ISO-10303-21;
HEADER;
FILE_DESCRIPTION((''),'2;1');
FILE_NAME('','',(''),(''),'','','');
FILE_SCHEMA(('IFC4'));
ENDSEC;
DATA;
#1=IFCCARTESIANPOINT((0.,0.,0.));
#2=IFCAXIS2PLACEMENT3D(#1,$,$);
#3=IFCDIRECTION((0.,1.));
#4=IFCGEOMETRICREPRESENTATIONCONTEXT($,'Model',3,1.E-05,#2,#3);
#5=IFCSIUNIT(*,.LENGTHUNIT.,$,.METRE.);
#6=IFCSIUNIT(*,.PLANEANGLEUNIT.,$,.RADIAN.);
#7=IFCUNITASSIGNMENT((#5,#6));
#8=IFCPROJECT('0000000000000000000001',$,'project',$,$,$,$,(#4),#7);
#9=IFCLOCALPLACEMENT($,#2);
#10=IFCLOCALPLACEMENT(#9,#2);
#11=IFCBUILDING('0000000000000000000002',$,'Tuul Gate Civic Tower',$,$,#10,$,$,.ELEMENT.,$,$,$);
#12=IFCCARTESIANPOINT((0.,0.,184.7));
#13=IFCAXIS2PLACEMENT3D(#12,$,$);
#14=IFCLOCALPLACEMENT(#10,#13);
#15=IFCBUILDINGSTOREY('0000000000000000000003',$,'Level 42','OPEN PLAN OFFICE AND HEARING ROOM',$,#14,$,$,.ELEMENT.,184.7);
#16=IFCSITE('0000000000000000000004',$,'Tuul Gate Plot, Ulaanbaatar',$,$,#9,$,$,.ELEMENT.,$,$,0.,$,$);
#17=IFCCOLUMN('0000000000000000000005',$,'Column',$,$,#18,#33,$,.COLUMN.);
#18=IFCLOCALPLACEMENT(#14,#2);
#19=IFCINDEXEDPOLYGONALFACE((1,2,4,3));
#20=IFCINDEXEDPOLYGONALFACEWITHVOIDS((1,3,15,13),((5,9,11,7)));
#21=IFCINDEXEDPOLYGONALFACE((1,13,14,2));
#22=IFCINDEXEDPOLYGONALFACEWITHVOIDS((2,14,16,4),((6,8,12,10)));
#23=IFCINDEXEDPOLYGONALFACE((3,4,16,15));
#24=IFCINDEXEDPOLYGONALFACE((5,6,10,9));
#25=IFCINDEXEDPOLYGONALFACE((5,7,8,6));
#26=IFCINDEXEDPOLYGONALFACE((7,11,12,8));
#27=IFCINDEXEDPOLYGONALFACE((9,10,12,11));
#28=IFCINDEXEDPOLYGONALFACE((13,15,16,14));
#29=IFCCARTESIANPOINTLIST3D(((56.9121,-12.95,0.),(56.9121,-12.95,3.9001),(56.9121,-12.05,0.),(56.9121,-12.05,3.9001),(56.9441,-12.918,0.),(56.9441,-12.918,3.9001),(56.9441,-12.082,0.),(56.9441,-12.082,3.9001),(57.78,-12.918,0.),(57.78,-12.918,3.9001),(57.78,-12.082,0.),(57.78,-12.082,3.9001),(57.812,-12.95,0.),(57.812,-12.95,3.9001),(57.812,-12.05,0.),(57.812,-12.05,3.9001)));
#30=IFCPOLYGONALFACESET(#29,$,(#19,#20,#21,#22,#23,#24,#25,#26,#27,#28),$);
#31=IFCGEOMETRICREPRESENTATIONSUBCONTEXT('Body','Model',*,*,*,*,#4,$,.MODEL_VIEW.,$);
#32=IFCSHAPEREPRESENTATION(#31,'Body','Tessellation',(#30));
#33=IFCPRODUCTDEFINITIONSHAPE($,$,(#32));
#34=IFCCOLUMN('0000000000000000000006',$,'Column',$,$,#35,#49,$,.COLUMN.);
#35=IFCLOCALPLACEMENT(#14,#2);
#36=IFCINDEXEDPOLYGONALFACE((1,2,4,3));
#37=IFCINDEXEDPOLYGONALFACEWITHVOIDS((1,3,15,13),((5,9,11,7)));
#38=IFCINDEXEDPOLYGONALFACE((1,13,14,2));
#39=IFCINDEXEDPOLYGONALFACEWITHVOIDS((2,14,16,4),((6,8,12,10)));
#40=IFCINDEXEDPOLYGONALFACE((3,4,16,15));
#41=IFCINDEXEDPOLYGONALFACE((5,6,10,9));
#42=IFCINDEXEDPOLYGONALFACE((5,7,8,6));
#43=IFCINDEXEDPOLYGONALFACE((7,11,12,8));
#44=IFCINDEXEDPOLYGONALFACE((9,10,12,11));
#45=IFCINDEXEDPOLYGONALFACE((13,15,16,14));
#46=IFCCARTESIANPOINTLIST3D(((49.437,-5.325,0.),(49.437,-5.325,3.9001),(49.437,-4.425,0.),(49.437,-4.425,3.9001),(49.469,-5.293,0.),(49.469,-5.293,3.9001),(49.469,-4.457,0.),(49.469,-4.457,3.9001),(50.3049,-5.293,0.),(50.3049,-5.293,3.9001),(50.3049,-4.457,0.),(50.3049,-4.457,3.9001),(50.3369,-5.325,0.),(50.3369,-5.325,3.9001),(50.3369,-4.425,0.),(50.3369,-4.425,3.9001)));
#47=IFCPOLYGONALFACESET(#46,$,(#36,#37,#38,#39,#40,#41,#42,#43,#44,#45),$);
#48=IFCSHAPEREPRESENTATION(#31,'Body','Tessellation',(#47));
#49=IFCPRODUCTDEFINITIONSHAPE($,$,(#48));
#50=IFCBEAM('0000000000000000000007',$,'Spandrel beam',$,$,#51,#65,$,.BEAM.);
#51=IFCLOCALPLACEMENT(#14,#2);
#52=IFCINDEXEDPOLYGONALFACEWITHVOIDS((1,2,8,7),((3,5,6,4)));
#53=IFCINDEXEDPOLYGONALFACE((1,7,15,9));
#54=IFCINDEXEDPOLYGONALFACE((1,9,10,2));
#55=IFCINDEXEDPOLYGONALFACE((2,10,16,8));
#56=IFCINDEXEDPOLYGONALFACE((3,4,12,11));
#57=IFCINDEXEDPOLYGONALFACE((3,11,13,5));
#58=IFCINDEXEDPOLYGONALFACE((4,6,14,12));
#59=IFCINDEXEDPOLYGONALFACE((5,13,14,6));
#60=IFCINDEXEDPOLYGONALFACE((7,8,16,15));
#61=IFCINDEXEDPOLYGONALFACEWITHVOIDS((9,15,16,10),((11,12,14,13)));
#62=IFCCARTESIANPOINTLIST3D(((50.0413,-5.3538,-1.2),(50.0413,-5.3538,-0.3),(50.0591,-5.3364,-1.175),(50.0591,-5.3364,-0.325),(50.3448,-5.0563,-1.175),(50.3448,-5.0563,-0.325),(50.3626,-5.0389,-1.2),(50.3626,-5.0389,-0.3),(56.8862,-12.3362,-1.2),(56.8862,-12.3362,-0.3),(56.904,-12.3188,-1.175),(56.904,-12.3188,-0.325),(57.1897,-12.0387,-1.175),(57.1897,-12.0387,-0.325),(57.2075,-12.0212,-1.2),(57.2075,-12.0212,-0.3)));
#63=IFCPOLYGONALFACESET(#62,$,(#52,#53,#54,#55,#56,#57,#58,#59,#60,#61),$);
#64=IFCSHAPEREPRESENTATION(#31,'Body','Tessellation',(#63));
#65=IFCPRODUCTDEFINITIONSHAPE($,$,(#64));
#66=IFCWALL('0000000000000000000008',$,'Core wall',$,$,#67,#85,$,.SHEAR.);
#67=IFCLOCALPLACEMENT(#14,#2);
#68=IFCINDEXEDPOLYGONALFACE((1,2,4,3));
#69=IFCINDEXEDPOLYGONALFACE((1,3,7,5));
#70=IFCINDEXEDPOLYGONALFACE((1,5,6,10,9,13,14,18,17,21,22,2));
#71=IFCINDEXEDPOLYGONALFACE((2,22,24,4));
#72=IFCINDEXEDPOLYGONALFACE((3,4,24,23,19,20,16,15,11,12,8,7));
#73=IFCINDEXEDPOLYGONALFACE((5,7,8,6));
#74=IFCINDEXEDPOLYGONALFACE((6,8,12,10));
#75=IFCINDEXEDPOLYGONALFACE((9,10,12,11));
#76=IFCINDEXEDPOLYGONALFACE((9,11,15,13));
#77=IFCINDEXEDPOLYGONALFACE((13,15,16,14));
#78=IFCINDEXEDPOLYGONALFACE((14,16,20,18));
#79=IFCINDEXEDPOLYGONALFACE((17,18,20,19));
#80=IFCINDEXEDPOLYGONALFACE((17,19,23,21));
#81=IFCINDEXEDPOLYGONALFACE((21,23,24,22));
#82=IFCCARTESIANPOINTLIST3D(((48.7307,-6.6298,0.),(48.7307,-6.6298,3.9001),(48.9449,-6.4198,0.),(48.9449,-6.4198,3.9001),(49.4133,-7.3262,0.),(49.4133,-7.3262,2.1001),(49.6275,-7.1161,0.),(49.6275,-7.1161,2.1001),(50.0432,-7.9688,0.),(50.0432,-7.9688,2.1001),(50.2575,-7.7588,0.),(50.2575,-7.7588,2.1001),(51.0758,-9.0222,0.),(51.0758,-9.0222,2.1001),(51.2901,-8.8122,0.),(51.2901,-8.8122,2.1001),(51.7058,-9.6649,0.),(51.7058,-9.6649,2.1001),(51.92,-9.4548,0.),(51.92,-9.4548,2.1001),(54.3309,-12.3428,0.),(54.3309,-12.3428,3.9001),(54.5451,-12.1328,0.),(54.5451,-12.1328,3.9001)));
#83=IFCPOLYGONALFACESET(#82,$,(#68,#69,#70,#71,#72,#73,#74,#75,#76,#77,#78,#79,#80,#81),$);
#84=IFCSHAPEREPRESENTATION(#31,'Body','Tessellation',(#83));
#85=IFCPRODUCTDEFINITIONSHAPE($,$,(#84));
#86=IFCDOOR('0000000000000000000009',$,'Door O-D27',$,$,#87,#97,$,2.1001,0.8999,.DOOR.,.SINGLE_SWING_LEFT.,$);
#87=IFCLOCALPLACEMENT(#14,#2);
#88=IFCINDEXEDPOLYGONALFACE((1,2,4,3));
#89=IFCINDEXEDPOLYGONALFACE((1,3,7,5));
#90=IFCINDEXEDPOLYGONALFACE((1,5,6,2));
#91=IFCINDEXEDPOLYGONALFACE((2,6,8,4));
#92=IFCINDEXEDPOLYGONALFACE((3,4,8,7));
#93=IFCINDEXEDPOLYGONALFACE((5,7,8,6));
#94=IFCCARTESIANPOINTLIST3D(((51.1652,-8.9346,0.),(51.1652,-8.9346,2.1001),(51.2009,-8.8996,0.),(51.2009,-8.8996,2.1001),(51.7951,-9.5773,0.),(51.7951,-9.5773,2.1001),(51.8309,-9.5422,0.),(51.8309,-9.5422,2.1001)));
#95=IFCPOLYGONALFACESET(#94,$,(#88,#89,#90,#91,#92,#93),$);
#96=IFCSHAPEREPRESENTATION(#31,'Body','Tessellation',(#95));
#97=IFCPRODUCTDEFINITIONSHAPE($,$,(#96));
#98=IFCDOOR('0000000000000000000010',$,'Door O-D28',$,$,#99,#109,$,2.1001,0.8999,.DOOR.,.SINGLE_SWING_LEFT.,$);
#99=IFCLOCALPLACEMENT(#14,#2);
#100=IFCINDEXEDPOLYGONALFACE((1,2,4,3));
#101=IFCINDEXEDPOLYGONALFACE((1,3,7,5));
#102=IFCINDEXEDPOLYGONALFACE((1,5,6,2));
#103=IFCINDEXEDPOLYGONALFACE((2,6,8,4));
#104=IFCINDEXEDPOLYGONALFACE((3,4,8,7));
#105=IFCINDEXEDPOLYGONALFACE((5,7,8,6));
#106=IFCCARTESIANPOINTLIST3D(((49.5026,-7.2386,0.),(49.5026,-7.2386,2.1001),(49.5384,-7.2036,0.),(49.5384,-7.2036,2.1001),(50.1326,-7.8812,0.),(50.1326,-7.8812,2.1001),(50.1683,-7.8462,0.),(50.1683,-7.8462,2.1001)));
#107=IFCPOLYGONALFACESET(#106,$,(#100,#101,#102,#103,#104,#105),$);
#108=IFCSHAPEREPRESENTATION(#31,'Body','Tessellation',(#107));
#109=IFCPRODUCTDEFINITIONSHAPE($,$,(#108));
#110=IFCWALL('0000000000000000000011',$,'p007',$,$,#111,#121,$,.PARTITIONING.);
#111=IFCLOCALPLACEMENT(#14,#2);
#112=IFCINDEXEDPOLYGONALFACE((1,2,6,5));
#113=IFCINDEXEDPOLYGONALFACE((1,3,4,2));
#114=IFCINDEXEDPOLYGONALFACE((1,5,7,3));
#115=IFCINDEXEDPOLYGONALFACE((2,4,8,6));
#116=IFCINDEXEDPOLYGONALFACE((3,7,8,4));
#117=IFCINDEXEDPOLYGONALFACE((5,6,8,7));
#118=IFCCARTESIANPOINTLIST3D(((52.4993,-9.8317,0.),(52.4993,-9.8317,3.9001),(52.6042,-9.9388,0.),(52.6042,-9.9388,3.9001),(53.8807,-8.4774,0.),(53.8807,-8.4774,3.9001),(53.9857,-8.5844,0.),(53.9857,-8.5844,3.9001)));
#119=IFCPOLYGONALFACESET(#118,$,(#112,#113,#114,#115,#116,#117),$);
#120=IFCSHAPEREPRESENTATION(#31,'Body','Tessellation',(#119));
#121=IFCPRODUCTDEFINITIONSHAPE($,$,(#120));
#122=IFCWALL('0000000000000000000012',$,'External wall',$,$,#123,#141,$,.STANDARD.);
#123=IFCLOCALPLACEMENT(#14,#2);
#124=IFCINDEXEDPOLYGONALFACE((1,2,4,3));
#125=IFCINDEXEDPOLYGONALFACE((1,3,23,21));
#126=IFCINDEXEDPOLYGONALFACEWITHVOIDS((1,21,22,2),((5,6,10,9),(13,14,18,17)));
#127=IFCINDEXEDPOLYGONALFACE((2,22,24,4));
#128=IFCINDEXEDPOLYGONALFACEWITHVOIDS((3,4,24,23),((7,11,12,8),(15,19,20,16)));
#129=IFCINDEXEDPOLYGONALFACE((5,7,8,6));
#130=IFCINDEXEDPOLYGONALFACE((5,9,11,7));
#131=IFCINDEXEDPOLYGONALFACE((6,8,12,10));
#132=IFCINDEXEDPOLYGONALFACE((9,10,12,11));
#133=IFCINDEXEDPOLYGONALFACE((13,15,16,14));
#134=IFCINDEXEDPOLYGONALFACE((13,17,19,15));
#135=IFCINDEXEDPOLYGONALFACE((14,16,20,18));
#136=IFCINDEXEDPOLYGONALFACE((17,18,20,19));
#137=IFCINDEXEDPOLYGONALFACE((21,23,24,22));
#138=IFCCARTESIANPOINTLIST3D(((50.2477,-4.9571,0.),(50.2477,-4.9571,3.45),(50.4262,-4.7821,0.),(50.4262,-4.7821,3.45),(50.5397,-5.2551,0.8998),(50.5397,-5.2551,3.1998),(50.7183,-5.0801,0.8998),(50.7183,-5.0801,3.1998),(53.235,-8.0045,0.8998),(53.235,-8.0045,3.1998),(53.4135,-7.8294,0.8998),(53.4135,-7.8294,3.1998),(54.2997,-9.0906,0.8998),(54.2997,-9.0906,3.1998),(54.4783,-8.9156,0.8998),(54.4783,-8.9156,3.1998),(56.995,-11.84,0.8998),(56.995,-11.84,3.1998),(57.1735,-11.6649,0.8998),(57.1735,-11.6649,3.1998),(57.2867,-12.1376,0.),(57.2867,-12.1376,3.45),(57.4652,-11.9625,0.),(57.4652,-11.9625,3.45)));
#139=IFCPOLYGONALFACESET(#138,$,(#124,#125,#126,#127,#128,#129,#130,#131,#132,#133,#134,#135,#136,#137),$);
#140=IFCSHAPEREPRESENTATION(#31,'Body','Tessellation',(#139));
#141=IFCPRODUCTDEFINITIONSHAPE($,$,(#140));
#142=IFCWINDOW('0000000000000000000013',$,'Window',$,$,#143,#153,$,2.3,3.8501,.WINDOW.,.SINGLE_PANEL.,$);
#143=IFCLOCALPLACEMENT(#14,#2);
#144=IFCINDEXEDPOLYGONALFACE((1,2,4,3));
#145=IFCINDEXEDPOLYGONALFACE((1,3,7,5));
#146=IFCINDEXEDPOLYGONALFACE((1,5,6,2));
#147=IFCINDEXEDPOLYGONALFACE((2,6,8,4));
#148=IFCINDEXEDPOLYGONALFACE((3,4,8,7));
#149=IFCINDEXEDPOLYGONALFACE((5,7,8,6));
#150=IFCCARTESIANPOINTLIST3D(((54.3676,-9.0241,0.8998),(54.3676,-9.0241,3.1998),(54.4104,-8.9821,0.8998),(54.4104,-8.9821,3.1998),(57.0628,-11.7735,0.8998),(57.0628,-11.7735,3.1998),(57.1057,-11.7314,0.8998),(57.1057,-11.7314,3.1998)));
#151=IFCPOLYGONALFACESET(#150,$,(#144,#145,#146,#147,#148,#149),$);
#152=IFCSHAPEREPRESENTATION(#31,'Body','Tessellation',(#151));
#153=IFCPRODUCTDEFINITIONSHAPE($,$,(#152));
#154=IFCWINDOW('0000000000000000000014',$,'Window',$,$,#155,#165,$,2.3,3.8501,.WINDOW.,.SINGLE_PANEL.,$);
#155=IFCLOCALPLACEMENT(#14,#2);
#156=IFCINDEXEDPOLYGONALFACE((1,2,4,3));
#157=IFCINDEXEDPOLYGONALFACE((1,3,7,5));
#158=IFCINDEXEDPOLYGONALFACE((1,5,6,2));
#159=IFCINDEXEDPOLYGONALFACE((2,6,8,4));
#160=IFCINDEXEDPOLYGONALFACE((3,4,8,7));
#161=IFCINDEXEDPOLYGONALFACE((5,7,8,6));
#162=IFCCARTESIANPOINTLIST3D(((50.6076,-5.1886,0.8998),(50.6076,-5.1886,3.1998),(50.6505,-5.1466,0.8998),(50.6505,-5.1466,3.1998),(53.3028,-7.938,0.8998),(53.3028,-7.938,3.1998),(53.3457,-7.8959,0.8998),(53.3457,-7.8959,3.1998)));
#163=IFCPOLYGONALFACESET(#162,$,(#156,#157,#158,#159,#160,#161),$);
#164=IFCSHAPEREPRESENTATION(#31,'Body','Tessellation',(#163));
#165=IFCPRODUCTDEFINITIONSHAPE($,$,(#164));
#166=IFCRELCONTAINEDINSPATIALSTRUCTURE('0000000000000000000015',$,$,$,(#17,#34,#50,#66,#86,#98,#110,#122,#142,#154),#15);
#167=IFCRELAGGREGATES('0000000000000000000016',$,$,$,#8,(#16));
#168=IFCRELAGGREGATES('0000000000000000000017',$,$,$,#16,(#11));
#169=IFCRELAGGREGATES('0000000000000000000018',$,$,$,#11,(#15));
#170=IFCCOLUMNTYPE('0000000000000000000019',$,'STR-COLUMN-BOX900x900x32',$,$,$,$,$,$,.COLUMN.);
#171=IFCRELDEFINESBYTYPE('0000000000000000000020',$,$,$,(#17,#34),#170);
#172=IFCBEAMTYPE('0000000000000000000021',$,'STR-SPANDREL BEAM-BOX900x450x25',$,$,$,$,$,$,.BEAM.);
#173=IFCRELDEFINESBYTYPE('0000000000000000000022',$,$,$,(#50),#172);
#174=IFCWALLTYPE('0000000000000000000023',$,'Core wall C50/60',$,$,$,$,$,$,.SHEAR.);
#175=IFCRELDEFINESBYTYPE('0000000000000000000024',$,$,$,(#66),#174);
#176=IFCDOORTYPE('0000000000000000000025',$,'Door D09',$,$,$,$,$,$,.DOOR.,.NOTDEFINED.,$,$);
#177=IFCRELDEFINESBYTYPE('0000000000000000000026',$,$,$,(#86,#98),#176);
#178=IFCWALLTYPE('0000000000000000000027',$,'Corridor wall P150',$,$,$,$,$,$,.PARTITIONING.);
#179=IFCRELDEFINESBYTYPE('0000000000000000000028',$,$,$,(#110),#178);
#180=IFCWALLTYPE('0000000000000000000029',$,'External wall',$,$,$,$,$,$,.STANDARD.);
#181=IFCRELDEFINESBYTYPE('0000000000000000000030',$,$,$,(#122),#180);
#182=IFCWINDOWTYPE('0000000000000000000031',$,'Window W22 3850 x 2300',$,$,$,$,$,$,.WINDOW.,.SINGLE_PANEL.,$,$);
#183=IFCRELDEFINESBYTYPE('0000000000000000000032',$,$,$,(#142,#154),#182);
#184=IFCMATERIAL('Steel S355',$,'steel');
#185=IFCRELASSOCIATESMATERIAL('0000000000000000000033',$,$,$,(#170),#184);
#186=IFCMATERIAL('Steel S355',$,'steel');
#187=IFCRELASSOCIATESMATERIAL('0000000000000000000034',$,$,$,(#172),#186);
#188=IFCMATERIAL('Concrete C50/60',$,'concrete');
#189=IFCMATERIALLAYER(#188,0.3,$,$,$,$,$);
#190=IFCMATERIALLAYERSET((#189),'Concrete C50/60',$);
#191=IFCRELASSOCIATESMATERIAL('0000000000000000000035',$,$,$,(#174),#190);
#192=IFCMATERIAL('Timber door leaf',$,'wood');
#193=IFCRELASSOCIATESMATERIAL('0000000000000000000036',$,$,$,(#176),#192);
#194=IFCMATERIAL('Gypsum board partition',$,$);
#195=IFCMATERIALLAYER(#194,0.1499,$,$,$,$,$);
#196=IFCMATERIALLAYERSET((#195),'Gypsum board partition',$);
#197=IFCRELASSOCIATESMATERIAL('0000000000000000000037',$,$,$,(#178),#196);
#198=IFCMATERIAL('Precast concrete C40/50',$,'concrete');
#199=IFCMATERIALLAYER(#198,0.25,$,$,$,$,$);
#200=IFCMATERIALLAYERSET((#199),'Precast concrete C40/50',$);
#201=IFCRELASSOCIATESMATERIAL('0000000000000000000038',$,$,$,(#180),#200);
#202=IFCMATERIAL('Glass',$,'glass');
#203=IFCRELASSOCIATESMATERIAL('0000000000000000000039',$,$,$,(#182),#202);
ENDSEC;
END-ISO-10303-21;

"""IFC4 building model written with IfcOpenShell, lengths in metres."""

from ifc_helpers import new_model, si_unit, direction, frame, frame_2d, origin, origin_2d, place, context, subcontext, project, spatial, rectangle, hollow_rectangle, extrude, material, layer, layer_set, material_profile, profile_set, type_object, element, fill, save


model = new_model("IFC4")

# Units and contexts
model_context = context("Model", 3, precision=1e-05, world=origin(), true_north=direction((0.0, 1.0)))
body_context = subcontext(model_context, "Body", "Model", "MODEL_VIEW")
ifc_project = project(units=[si_unit("LENGTHUNIT", "METRE"), si_unit("PLANEANGLEUNIT", "RADIAN")], contexts=[model_context])

# Site, building, storey
site_placement = place(None, origin())
site = spatial("IfcSite", under=ifc_project, at=site_placement, Name="Tuul Gate Plot, Ulaanbaatar", CompositionType="ELEMENT", RefElevation=0.0)
building_placement = place(site_placement, origin())
building = spatial("IfcBuilding", under=site, at=building_placement, Name="Tuul Gate Civic Tower", CompositionType="ELEMENT")
storey_placement = place(building_placement, frame((0.0, 0.0, 184.7)))
storey = spatial("IfcBuildingStorey", under=building, at=storey_placement, Name="Level 42", Description="OPEN PLAN OFFICE AND HEARING ROOM", CompositionType="ELEMENT", Elevation=184.7)

# Columns
ifc_material_1 = material(Name="Steel S355", Category="steel")
ifc_material_profile_1 = material_profile(ifc_material_1, hollow_rectangle(XDim=0.8999, YDim=0.8999, WallThickness=0.032, at=origin_2d()), Name="BOX900x900x32")
ifc_profile_set_1 = profile_set([ifc_material_profile_1], Name="Steel S355")
column_type = type_object("IfcColumnType", Name="STR-COLUMN-BOX900x900x32", PredefinedType="COLUMN", material=ifc_profile_set_1)
for number, where, z_axis, x_axis, name in (
    (1, (57.3621, -12.5, 0.0), (0.0, 0.0, 1.0), (1.0, 0.0, 0.0), "Column"),
    (2, (49.887, -4.875, 0.0), (0.0, 0.0, 1.0), (1.0, 0.0, 0.0), "Column"),
):
    element("IfcColumn", number, at=place(storey_placement, frame(where, z_axis=z_axis, x_axis=x_axis)), inside=storey, type_object=column_type, Name=name, PredefinedType="COLUMN", context=body_context, shape_type="SweptSolid", body=[
        extrude(hollow_rectangle(XDim=0.8999, YDim=0.8999, WallThickness=0.032, at=origin_2d()), origin(), (0.0, 0.0, 1.0), 3.9001),
    ])

# Beam
ifc_material_2 = material(Name="Steel S355", Category="steel")
ifc_material_profile_2 = material_profile(ifc_material_2, hollow_rectangle(XDim=0.45, YDim=0.8999, WallThickness=0.0249, at=origin_2d()), Name="BOX900x450x25")
ifc_profile_set_2 = profile_set([ifc_material_profile_2], Name="Steel S355")
beam_type = type_object("IfcBeamType", Name="STR-SPANDREL BEAM-BOX900x450x25", PredefinedType="BEAM", material=ifc_profile_set_2)
beam_placement = place(storey_placement, frame((57.0469, -12.1787, -0.75), z_axis=(-0.700043, 0.7141, 0.0), x_axis=(-0.7141, -0.700043, 0.0)))
element("IfcBeam", 3, at=beam_placement, inside=storey, type_object=beam_type, Name="Spandrel beam", PredefinedType="BEAM", context=body_context, shape_type="SweptSolid", body=[
    extrude(hollow_rectangle(XDim=0.45, YDim=0.8999, WallThickness=0.0249, at=origin_2d()), origin(), (0.0, 0.0, 1.0), 9.7778),
])

# Wall, openings, doors
ifc_material_3 = material(Name="Concrete C50/60", Category="concrete")
ifc_layer_1 = layer(ifc_material_3, 0.3)
ifc_layer_set_1 = layer_set([ifc_layer_1], Name="Concrete C50/60")
wall_type_1 = type_object("IfcWallType", Name="Core wall C50/60", PredefinedType="SHEAR", material=ifc_layer_set_1)
wall_1_placement = place(storey_placement, frame((54.438, -12.2378, 0.0), z_axis=(0.0, 0.0, 1.0), x_axis=(-0.700022, 0.714121, 0.0)))
wall_1 = element("IfcWall", 4, at=wall_1_placement, inside=storey, type_object=wall_type_1, Name="Core wall", PredefinedType="SHEAR", context=body_context, shape_type="SweptSolid", body=[
    extrude(rectangle(XDim=8.0, YDim=0.3, at=frame_2d((4.0, 0.0))), origin(), (0.0, 0.0, 1.0), 3.9001),
])
opening_1_placement = place(wall_1_placement, frame((3.75, 0.0, 0.0)))
opening_1 = element("IfcOpeningElement", 5, at=opening_1_placement, cuts=wall_1, PredefinedType="OPENING", context=body_context, shape_type="SweptSolid", body=[
    extrude(rectangle(XDim=0.8999, YDim=2.1001, at=frame_2d((0.45, 1.05))), frame((0.0, 0.1602, 0.0), z_axis=(0.0, -1.0, 0.0), x_axis=(1.0, 0.0, 0.0)), (0.0, 0.0, 1.0), 0.3201),
])
opening_2_placement = place(wall_1_placement, frame((6.125, 0.0, 0.0)))
opening_2 = element("IfcOpeningElement", 6, at=opening_2_placement, cuts=wall_1, PredefinedType="OPENING", context=body_context, shape_type="SweptSolid", body=[
    extrude(rectangle(XDim=0.8999, YDim=2.1001, at=frame_2d((0.45, 1.05))), frame((0.0, 0.1602, 0.0), z_axis=(0.0, -1.0, 0.0), x_axis=(1.0, 0.0, 0.0)), (0.0, 0.0, 1.0), 0.3201),
])
ifc_material_4 = material(Name="Timber door leaf", Category="wood")
door_type = type_object("IfcDoorType", Name="Door D09", OperationType="NOTDEFINED", PredefinedType="DOOR", material=ifc_material_4)
door_1_placement = place(opening_1_placement, origin())
door_1 = element("IfcDoor", 7, at=door_1_placement, inside=storey, type_object=door_type, Name="Door O-D27", OperationType="SINGLE_SWING_LEFT", OverallHeight=2.1001, OverallWidth=0.8999, PredefinedType="DOOR", context=body_context, shape_type="SweptSolid", body=[
    extrude(rectangle(XDim=0.8999, YDim=2.1001, at=frame_2d((0.45, 1.05))), frame((0.0, 0.0249, 0.0), z_axis=(0.0, -1.0, 0.0), x_axis=(1.0, 0.0, 0.0)), (0.0, 0.0, 1.0), 0.05),
])
fill(opening_1, door_1)
door_2_placement = place(opening_2_placement, origin())
door_2 = element("IfcDoor", 8, at=door_2_placement, inside=storey, type_object=door_type, Name="Door O-D28", OperationType="SINGLE_SWING_LEFT", OverallHeight=2.1001, OverallWidth=0.8999, PredefinedType="DOOR", context=body_context, shape_type="SweptSolid", body=[
    extrude(rectangle(XDim=0.8999, YDim=2.1001, at=frame_2d((0.45, 1.05))), frame((0.0, 0.0249, 0.0), z_axis=(0.0, -1.0, 0.0), x_axis=(1.0, 0.0, 0.0)), (0.0, 0.0, 1.0), 0.05),
])
fill(opening_2, door_2)

# Wall
ifc_material_5 = material(Name="Gypsum board partition")
ifc_layer_2 = layer(ifc_material_5, 0.1499)
ifc_layer_set_2 = layer_set([ifc_layer_2], Name="Gypsum board partition")
wall_type_2 = type_object("IfcWallType", Name="Corridor wall P150", PredefinedType="PARTITIONING", material=ifc_layer_set_2)
wall_2_placement = place(storey_placement, frame((52.5518, -9.8853, 0.0), z_axis=(0.0, 0.0, 1.0), x_axis=(0.714077, 0.700068, 0.0)))
element("IfcWall", 9, at=wall_2_placement, inside=storey, type_object=wall_type_2, Name="p007", PredefinedType="PARTITIONING", context=body_context, shape_type="SweptSolid", body=[
    extrude(rectangle(XDim=1.9346, YDim=0.1499, at=frame_2d((0.9673, 0.0))), origin(), (0.0, 0.0, 1.0), 3.9001),
])

# Wall, openings, windows
ifc_material_6 = material(Name="Precast concrete C40/50", Category="concrete")
ifc_layer_3 = layer(ifc_material_6, 0.25)
ifc_layer_set_3 = layer_set([ifc_layer_3], Name="Precast concrete C40/50")
wall_type_3 = type_object("IfcWallType", Name="External wall", PredefinedType="STANDARD", material=ifc_layer_set_3)
wall_3_placement = place(storey_placement, frame((57.376, -12.05, 0.0), z_axis=(0.0, 0.0, 1.0), x_axis=(-0.700043, 0.714101, 0.0)))
wall_3 = element("IfcWall", 10, at=wall_3_placement, inside=storey, type_object=wall_type_3, Name="External wall", PredefinedType="STANDARD", context=body_context, shape_type="SweptSolid", body=[
    extrude(rectangle(XDim=10.0552, YDim=0.25, at=frame_2d((5.0276, 0.0))), origin(), (0.0, 0.0, 1.0), 3.45),
])
opening_3_placement = place(wall_3_placement, frame((0.4167, 0.0, 0.8999)))
opening_3 = element("IfcOpeningElement", 11, at=opening_3_placement, cuts=wall_3, PredefinedType="OPENING", context=body_context, shape_type="SweptSolid", body=[
    extrude(rectangle(XDim=3.8501, YDim=2.3, at=frame_2d((1.925, 1.1499))), frame((0.0, 0.135, 0.0), z_axis=(0.0, -1.0, 0.0), x_axis=(1.0, 0.0, 0.0)), (0.0, 0.0, 1.0), 0.27),
])
opening_4_placement = place(wall_3_placement, frame((5.7878, 0.0, 0.8999)))
opening_4 = element("IfcOpeningElement", 12, at=opening_4_placement, cuts=wall_3, PredefinedType="OPENING", context=body_context, shape_type="SweptSolid", body=[
    extrude(rectangle(XDim=3.8501, YDim=2.3, at=frame_2d((1.925, 1.1499))), frame((0.0, 0.135, 0.0), z_axis=(0.0, -1.0, 0.0), x_axis=(1.0, 0.0, 0.0)), (0.0, 0.0, 1.0), 0.27),
])
ifc_material_7 = material(Name="Glass", Category="glass")
window_type_1 = type_object("IfcWindowType", Name="Window W22 3850 x 2300", PartitioningType="SINGLE_PANEL", PredefinedType="WINDOW", material=ifc_material_7)
window_1_placement = place(opening_3_placement, origin())
window_1 = element("IfcWindow", 13, at=window_1_placement, inside=storey, type_object=window_type_1, Name="Window", OverallHeight=2.3, OverallWidth=3.8501, PartitioningType="SINGLE_PANEL", PredefinedType="WINDOW", context=body_context, shape_type="SweptSolid", body=[
    extrude(rectangle(XDim=3.8501, YDim=2.3, at=frame_2d((1.925, 1.1499))), frame((0.0, 0.03, 0.0), z_axis=(0.0, -1.0, 0.0), x_axis=(1.0, 0.0, 0.0)), (0.0, 0.0, 1.0), 0.0601),
])
fill(opening_3, window_1)
window_2_placement = place(opening_4_placement, origin())
window_2 = element("IfcWindow", 14, at=window_2_placement, inside=storey, type_object=window_type_1, Name="Window", OverallHeight=2.3, OverallWidth=3.8501, PartitioningType="SINGLE_PANEL", PredefinedType="WINDOW", context=body_context, shape_type="SweptSolid", body=[
    extrude(rectangle(XDim=3.8501, YDim=2.3, at=frame_2d((1.925, 1.1499))), frame((0.0, 0.03, 0.0), z_axis=(0.0, -1.0, 0.0), x_axis=(1.0, 0.0, 0.0)), (0.0, 0.0, 1.0), 0.0601),
])
fill(opening_4, window_2)

save(model, "model.ifc")
